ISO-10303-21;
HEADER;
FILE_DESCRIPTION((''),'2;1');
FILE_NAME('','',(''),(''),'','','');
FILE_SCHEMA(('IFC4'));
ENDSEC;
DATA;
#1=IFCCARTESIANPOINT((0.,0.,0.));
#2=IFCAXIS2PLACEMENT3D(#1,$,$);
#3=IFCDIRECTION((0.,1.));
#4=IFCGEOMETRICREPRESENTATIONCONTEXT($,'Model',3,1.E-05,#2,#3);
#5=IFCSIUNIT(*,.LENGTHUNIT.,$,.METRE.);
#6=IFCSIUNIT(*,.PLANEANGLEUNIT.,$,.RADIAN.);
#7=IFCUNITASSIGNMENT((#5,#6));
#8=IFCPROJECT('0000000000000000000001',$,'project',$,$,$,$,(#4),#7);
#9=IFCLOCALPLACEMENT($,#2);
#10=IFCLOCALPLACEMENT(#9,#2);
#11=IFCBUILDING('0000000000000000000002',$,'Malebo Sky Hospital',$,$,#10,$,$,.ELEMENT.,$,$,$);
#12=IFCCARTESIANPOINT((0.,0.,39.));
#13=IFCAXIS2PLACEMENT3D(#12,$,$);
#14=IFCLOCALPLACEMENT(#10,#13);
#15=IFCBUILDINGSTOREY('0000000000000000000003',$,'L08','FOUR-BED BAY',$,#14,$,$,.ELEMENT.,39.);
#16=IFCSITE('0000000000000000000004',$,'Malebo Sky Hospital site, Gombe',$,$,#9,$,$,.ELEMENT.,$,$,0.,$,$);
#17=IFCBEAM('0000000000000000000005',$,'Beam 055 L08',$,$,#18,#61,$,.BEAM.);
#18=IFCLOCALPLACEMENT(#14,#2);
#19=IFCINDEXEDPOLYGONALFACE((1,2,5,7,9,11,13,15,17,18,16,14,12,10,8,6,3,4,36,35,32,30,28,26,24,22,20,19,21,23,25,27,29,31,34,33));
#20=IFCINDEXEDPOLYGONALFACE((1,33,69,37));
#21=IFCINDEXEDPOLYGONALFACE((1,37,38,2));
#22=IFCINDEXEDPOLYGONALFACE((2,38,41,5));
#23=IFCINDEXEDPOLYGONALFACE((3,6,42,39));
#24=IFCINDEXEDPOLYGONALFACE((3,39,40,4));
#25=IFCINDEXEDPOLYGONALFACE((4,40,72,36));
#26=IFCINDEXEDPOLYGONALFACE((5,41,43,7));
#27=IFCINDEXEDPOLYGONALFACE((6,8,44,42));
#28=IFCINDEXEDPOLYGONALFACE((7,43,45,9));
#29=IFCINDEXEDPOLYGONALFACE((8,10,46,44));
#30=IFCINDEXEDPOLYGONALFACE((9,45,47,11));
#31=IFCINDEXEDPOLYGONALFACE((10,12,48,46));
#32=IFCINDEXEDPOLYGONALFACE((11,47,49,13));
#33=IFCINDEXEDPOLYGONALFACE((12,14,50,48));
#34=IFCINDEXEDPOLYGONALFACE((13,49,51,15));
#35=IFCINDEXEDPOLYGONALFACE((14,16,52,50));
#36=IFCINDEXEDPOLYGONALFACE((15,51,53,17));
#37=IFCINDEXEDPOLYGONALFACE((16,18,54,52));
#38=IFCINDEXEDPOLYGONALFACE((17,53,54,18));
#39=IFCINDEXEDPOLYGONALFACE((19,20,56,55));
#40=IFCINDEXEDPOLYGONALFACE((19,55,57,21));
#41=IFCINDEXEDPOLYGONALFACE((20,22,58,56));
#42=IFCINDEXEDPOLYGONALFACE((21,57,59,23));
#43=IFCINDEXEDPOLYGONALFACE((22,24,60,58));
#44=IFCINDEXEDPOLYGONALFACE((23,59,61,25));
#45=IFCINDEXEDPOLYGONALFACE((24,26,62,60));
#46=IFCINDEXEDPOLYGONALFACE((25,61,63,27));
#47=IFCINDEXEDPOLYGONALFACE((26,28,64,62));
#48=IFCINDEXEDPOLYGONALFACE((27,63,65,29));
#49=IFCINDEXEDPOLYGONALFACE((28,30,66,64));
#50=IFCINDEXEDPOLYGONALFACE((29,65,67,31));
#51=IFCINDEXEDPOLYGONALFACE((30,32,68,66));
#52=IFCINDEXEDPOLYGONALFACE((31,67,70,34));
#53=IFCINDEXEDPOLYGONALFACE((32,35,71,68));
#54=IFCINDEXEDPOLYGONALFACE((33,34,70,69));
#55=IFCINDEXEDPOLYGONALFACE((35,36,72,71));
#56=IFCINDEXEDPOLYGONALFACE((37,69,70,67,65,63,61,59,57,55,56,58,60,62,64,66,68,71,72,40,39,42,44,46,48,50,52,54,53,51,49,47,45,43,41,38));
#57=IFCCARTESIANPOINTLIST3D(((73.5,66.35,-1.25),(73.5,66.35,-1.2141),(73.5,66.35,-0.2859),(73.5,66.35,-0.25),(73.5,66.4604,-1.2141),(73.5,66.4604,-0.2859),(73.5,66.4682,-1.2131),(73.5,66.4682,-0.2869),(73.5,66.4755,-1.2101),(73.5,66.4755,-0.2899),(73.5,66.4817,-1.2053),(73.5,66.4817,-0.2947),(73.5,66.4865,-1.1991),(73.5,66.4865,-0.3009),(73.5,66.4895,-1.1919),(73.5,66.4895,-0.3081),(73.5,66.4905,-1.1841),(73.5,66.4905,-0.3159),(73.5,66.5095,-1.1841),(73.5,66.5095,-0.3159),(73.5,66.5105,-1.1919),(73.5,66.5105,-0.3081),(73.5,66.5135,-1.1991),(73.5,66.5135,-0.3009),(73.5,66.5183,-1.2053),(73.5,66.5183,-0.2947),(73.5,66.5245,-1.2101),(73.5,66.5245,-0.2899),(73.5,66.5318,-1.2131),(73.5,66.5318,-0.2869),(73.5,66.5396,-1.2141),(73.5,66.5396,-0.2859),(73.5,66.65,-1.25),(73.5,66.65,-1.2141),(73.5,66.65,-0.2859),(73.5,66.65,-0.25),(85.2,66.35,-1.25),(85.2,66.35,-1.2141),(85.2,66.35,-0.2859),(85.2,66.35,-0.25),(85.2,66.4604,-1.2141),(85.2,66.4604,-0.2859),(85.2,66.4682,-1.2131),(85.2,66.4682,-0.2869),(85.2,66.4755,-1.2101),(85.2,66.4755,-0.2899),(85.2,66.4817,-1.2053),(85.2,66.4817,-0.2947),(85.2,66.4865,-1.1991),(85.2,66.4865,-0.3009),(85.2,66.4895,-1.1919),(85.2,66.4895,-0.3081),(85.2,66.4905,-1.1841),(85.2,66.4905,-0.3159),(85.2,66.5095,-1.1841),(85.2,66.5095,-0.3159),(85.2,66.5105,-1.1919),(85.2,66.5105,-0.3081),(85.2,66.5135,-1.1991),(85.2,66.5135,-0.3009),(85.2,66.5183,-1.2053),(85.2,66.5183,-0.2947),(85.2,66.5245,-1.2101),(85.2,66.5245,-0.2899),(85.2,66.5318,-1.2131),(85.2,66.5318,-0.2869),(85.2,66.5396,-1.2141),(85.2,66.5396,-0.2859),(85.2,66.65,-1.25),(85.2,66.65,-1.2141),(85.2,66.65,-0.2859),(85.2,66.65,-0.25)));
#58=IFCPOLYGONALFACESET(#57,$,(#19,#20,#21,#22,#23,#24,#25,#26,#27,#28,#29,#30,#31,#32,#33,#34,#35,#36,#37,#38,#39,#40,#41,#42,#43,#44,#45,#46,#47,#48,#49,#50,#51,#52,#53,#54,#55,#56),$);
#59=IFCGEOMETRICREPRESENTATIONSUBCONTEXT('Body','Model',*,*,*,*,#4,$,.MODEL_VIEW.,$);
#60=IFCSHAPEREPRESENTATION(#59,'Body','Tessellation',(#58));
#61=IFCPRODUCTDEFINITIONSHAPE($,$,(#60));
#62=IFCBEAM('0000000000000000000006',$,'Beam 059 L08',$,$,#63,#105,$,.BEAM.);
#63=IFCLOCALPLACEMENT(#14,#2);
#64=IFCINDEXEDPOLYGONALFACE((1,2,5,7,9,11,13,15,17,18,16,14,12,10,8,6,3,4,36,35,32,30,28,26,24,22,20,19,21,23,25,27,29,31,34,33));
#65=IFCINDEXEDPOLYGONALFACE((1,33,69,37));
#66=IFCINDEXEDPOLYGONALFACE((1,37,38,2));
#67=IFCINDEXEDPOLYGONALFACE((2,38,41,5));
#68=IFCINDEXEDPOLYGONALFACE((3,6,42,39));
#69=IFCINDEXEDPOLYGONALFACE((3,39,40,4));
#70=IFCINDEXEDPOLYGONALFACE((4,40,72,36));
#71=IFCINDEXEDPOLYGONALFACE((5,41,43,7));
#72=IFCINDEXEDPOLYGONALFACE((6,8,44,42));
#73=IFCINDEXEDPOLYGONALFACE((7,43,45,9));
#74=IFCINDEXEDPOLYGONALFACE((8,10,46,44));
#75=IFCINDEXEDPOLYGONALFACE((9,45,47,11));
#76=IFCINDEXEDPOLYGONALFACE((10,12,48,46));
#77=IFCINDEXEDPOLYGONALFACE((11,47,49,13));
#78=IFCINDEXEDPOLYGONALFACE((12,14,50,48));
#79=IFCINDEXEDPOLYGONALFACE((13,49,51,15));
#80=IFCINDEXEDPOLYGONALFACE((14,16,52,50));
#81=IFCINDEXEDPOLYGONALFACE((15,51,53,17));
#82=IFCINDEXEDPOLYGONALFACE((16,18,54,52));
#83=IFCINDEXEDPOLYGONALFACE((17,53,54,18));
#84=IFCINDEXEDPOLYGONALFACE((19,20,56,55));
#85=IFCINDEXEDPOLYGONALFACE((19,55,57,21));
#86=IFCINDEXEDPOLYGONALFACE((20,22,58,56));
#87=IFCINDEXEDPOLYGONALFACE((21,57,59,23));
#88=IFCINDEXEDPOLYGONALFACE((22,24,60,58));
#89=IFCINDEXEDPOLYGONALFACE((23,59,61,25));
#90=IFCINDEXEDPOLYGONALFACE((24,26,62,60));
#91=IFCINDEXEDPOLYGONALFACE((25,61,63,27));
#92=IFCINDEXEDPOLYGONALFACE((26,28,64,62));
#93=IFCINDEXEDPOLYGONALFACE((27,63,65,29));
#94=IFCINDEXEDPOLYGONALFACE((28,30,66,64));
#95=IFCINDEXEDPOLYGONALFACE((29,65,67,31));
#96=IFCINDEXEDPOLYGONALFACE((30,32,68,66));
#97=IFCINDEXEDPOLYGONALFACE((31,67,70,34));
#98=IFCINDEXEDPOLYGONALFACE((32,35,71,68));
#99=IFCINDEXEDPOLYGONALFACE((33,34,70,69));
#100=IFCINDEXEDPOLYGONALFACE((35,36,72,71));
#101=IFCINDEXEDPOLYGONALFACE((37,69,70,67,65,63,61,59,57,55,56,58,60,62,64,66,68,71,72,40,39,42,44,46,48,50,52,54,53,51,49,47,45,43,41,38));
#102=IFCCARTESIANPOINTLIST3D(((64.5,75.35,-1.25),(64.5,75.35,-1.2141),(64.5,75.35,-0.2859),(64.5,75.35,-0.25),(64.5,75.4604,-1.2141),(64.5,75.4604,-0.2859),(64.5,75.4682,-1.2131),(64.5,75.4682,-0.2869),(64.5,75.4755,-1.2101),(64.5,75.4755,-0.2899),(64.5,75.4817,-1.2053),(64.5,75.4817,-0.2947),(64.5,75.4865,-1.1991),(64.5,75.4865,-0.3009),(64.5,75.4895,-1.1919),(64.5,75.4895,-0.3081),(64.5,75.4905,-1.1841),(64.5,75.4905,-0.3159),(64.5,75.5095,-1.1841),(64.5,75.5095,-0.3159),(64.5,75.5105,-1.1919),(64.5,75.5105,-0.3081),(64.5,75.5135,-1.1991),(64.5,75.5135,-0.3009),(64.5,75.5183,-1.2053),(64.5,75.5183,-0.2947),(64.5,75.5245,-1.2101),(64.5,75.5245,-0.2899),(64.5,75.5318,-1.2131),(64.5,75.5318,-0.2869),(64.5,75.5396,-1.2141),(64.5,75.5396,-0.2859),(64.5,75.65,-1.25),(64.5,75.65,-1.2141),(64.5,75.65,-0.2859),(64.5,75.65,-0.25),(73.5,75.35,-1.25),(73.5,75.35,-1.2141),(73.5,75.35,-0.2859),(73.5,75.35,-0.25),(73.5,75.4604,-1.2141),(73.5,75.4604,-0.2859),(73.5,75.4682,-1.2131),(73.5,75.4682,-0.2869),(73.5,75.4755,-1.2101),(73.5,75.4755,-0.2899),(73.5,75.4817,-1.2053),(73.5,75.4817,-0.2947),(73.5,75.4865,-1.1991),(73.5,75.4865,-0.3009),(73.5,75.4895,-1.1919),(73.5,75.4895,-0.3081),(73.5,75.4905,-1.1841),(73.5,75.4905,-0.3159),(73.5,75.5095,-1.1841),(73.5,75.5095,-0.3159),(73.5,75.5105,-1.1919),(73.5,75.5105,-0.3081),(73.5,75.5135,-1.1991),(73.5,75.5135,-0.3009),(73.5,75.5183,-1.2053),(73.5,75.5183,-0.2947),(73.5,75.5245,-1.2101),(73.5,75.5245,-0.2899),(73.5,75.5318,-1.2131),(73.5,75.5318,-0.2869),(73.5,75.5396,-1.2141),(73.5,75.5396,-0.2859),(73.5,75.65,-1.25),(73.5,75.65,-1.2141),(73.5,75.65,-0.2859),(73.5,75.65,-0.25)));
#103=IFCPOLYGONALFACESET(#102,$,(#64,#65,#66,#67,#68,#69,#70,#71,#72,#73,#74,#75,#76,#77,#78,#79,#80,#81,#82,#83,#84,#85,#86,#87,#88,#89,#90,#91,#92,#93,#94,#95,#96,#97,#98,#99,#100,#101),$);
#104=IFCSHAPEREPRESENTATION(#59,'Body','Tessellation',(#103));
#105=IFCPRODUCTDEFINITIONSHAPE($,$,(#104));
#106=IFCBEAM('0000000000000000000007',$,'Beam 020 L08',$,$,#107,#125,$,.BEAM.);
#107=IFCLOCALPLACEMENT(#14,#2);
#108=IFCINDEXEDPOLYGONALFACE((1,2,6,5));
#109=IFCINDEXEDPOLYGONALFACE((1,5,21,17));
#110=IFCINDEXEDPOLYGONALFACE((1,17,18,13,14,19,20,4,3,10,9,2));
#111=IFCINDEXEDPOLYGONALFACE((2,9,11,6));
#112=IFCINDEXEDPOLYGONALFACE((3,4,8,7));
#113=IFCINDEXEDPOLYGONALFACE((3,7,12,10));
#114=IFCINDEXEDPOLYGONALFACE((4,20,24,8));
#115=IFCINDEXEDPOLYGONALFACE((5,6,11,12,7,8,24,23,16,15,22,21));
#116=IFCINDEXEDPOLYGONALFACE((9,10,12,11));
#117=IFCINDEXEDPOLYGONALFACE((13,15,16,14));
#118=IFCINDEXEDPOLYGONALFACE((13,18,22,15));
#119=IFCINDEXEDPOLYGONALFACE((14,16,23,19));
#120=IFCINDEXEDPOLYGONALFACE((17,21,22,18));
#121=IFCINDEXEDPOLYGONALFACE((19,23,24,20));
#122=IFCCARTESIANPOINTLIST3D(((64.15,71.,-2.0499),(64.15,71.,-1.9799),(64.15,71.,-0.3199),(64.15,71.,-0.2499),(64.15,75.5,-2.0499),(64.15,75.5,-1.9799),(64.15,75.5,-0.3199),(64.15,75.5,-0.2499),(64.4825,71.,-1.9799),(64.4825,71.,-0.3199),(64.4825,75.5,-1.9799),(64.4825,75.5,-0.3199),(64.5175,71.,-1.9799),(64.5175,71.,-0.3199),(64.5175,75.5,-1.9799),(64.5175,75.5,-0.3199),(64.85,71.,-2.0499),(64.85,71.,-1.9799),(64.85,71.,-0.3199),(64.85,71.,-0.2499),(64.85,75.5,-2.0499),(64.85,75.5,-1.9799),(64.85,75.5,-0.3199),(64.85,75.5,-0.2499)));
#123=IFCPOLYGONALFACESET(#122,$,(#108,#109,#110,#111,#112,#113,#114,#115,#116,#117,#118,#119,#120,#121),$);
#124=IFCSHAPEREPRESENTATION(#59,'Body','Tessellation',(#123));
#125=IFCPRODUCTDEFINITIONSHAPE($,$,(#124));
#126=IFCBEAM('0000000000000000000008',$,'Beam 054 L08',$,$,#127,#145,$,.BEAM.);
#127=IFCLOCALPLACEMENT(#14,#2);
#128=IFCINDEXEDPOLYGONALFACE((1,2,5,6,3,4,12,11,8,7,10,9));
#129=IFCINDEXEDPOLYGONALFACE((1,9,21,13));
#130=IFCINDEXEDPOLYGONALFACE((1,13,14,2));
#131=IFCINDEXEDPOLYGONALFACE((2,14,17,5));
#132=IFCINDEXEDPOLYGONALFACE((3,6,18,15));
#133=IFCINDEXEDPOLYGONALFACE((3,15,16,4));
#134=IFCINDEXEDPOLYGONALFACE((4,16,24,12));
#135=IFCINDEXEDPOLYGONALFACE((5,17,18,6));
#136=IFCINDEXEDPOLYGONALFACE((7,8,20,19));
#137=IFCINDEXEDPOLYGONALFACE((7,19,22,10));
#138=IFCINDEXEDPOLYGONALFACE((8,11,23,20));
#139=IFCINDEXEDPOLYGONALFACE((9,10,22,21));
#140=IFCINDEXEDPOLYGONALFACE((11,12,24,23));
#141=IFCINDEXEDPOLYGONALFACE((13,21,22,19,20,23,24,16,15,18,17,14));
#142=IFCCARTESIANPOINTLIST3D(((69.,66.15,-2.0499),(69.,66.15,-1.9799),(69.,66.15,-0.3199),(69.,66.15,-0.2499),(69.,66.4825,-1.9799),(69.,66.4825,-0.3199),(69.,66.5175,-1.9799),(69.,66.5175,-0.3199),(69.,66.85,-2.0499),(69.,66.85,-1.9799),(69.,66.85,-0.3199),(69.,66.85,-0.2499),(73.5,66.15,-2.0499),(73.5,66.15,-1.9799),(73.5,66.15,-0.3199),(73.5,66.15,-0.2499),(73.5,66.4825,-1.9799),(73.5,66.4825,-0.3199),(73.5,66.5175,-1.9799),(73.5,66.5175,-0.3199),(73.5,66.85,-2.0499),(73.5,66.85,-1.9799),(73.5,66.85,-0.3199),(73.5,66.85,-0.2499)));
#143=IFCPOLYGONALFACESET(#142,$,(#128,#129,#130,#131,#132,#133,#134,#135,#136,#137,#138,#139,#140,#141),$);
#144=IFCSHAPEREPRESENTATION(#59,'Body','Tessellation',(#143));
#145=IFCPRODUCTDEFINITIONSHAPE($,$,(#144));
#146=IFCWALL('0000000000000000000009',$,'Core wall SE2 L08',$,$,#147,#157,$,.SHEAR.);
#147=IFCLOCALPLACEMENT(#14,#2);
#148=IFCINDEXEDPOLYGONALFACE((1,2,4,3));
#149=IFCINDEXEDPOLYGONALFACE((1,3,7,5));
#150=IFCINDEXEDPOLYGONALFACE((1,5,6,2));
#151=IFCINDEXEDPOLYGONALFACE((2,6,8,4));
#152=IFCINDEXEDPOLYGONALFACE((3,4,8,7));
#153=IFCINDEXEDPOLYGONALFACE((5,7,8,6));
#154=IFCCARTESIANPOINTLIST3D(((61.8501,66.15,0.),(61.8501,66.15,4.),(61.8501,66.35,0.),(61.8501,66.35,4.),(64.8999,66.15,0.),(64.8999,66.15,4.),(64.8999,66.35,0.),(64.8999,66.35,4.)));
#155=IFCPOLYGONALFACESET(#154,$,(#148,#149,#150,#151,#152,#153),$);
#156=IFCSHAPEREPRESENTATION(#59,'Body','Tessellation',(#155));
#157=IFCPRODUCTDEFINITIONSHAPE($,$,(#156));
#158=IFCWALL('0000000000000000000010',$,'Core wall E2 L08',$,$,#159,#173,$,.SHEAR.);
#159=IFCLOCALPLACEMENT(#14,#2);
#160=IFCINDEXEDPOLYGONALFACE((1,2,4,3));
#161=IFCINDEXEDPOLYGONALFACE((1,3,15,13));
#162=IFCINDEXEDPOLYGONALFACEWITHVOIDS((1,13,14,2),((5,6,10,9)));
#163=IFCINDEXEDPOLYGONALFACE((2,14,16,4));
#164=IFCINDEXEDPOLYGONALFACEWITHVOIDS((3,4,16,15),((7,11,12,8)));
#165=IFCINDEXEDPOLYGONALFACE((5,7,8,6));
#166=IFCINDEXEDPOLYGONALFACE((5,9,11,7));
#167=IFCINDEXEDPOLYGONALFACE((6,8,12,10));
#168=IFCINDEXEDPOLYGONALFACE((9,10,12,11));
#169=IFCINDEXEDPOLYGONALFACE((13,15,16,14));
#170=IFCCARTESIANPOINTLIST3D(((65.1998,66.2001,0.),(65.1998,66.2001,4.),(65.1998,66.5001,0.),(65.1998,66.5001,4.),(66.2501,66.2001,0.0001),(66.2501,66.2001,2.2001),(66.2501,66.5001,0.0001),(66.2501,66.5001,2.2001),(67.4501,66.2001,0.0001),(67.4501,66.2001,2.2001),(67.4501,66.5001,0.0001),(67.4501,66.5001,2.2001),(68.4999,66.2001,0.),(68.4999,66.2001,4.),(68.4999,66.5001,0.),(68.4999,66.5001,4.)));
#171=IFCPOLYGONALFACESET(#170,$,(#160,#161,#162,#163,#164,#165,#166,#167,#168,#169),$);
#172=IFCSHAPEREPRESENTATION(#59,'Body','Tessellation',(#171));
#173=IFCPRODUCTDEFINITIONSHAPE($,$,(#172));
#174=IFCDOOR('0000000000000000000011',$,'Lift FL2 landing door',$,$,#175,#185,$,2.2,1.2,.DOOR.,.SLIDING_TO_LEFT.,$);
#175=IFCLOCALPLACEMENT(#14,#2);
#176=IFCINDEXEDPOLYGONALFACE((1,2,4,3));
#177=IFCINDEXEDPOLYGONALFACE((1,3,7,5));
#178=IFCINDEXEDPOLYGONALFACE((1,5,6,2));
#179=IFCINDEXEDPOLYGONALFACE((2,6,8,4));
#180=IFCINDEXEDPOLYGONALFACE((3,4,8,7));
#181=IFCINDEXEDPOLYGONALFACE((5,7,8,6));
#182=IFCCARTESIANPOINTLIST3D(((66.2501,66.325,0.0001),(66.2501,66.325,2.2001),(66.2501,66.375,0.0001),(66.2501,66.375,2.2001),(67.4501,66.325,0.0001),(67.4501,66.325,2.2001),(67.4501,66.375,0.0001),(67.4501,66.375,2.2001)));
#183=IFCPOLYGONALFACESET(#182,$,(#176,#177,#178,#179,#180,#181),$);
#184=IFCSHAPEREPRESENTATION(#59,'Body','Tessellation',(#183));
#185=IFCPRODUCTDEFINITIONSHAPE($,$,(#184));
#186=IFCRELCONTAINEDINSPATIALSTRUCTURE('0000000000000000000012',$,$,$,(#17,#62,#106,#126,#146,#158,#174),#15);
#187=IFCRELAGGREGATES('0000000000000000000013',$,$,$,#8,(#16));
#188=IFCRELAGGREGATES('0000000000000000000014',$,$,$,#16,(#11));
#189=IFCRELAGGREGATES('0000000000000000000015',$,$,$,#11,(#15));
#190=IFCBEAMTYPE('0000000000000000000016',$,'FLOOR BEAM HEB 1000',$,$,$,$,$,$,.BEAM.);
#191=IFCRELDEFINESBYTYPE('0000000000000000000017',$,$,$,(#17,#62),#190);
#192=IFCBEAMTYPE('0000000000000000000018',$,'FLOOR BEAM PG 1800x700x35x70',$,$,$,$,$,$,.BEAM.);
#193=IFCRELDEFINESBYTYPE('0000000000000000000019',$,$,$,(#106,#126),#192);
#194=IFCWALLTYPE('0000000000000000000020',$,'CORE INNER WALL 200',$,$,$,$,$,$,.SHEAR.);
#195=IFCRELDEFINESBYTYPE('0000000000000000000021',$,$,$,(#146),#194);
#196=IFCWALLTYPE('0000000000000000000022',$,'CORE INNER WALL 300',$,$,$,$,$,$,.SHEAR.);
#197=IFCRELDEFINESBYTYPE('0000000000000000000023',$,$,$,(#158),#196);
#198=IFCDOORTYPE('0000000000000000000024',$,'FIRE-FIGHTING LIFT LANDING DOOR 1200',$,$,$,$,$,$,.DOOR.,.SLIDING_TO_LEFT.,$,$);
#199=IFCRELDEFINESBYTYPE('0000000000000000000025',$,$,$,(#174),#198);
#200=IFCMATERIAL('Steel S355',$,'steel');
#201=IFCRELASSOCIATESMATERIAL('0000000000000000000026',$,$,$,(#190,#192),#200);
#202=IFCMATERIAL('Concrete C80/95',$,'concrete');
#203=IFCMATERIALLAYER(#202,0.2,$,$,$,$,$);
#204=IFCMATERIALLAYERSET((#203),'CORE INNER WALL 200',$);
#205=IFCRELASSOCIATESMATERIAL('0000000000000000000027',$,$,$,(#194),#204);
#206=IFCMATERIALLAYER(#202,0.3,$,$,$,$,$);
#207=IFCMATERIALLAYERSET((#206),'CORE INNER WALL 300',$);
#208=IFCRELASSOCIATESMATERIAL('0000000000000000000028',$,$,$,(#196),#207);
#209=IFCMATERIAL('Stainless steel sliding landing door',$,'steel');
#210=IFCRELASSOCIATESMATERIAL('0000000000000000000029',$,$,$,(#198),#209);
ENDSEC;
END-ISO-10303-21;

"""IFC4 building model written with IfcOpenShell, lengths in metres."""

from ifc_helpers import new_model, si_unit, direction, frame, frame_2d, origin, origin_2d, place, context, subcontext, project, spatial, rectangle, i_section, extrude, material, layer, layer_set, material_profile, profile_set, type_object, element, fill, save


model = new_model("IFC4")

# Units and contexts
model_context = context("Model", 3, precision=1e-05, world=origin(), true_north=direction((0.0, 1.0)))
body_context = subcontext(model_context, "Body", "Model", "MODEL_VIEW")
ifc_project = project(units=[si_unit("LENGTHUNIT", "METRE"), si_unit("PLANEANGLEUNIT", "RADIAN")], contexts=[model_context])

# Site, building, storey
site_placement = place(None, origin())
site = spatial("IfcSite", under=ifc_project, at=site_placement, Name="Malebo Sky Hospital site, Gombe", CompositionType="ELEMENT", RefElevation=0.0)
building_placement = place(site_placement, origin())
building = spatial("IfcBuilding", under=site, at=building_placement, Name="Malebo Sky Hospital", CompositionType="ELEMENT")
storey_placement = place(building_placement, frame((0.0, 0.0, 39.0)))
storey = spatial("IfcBuildingStorey", under=building, at=storey_placement, Name="L08", Description="FOUR-BED BAY", CompositionType="ELEMENT", Elevation=39.0)

# Beams
ifc_material_1 = material(Name="Steel S355", Category="steel")
ifc_material_profile_1 = material_profile(ifc_material_1, i_section(OverallWidth=0.3, OverallDepth=1.0, WebThickness=0.019, FlangeThickness=0.0359, FilletRadius=0.03, at=origin_2d()), Name="HEB 1000")
ifc_profile_set_1 = profile_set([ifc_material_profile_1], Name="Steel S355")
beam_type_1 = type_object("IfcBeamType", Name="FLOOR BEAM HEB 1000", PredefinedType="BEAM", material=ifc_profile_set_1)
beam_1_placement = place(storey_placement, frame((73.5, 66.5, -0.75), z_axis=(1.0, 0.0, 0.0), x_axis=(0.0, 1.0, 0.0)))
element("IfcBeam", 1, at=beam_1_placement, inside=storey, type_object=beam_type_1, Name="Beam 055 L08", PredefinedType="BEAM", context=body_context, shape_type="SweptSolid", body=[
    extrude(i_section(OverallWidth=0.3, OverallDepth=1.0, WebThickness=0.019, FlangeThickness=0.0359, FilletRadius=0.03, at=origin_2d()), origin(), (0.0, 0.0, 1.0), 11.7),
])
beam_2_placement = place(storey_placement, frame((64.5, 75.5, -0.75), z_axis=(1.0, 0.0, 0.0), x_axis=(0.0, 1.0, 0.0)))
element("IfcBeam", 2, at=beam_2_placement, inside=storey, type_object=beam_type_1, Name="Beam 059 L08", PredefinedType="BEAM", context=body_context, shape_type="SweptSolid", body=[
    extrude(i_section(OverallWidth=0.3, OverallDepth=1.0, WebThickness=0.019, FlangeThickness=0.0359, FilletRadius=0.03, at=origin_2d()), origin(), (0.0, 0.0, 1.0), 9.0),
])
ifc_material_profile_2 = material_profile(ifc_material_1, i_section(OverallWidth=0.7, OverallDepth=1.8, WebThickness=0.0349, FlangeThickness=0.0701, at=origin_2d()), Name="PG 1800x700x35x70")
ifc_profile_set_2 = profile_set([ifc_material_profile_2], Name="Steel S355")
beam_type_2 = type_object("IfcBeamType", Name="FLOOR BEAM PG 1800x700x35x70", PredefinedType="BEAM", material=ifc_profile_set_2)
for number, where, z_axis, x_axis, name in (
    (3, (64.5, 71.0, -1.1499), (0.0, 1.0, 0.0), (-1.0, 0.0, 0.0), "Beam 020 L08"),
    (4, (69.0, 66.5, -1.1499), (1.0, 0.0, 0.0), (0.0, 1.0, 0.0), "Beam 054 L08"),
):
    element("IfcBeam", number, at=place(storey_placement, frame(where, z_axis=z_axis, x_axis=x_axis)), inside=storey, type_object=beam_type_2, Name=name, PredefinedType="BEAM", context=body_context, shape_type="SweptSolid", body=[
        extrude(i_section(OverallWidth=0.7, OverallDepth=1.8, WebThickness=0.0349, FlangeThickness=0.0701, at=origin_2d()), origin(), (0.0, 0.0, 1.0), 4.5),
    ])

# Wall
ifc_material_2 = material(Name="Concrete C80/95", Category="concrete")
ifc_layer_1 = layer(ifc_material_2, 0.2)
ifc_layer_set_1 = layer_set([ifc_layer_1], Name="CORE INNER WALL 200")
wall_type_1 = type_object("IfcWallType", Name="CORE INNER WALL 200", PredefinedType="SHEAR", material=ifc_layer_set_1)
wall_1_placement = place(storey_placement, frame((61.8501, 66.25, 0.0), z_axis=(0.0, 0.0, 1.0), x_axis=(1.0, 0.0, 0.0)))
element("IfcWall", 5, at=wall_1_placement, inside=storey, type_object=wall_type_1, Name="Core wall SE2 L08", PredefinedType="SHEAR", context=body_context, shape_type="SweptSolid", body=[
    extrude(rectangle(XDim=3.0498, YDim=0.2, at=frame_2d((1.5249, 0.0))), origin(), (0.0, 0.0, 1.0), 4.0),
])

# Wall, opening, door
ifc_layer_2 = layer(ifc_material_2, 0.3)
ifc_layer_set_2 = layer_set([ifc_layer_2], Name="CORE INNER WALL 300")
wall_type_2 = type_object("IfcWallType", Name="CORE INNER WALL 300", PredefinedType="SHEAR", material=ifc_layer_set_2)
wall_2_placement = place(storey_placement, frame((65.2, 66.3501, 0.0), z_axis=(0.0, 0.0, 1.0), x_axis=(1.0, 0.0, 0.0)))
wall_2 = element("IfcWall", 6, at=wall_2_placement, inside=storey, type_object=wall_type_2, Name="Core wall E2 L08", PredefinedType="SHEAR", context=body_context, shape_type="SweptSolid", body=[
    extrude(rectangle(XDim=3.3, YDim=0.3, at=frame_2d((1.6499, 0.0))), origin(), (0.0, 0.0, 1.0), 4.0),
])
opening_1_placement = place(wall_2_placement, frame((1.05, 0.0, 0.0)))
opening_1 = element("IfcOpeningElement", 7, at=opening_1_placement, cuts=wall_2, PredefinedType="OPENING", context=body_context, shape_type="SweptSolid", body=[
    extrude(rectangle(XDim=1.2, YDim=2.2, at=frame_2d((0.6001, 1.1001))), frame((0.0, 0.1599, 0.0), z_axis=(0.0, -1.0, 0.0), x_axis=(1.0, 0.0, 0.0)), (0.0, 0.0, 1.0), 0.3201),
])
ifc_material_3 = material(Name="Stainless steel sliding landing door", Category="steel")
door_type_1 = type_object("IfcDoorType", Name="FIRE-FIGHTING LIFT LANDING DOOR 1200", OperationType="SLIDING_TO_LEFT", PredefinedType="DOOR", material=ifc_material_3)
door_1_placement = place(opening_1_placement, origin())
door_1 = element("IfcDoor", 8, at=door_1_placement, inside=storey, type_object=door_type_1, Name="Lift FL2 landing door", OperationType="SLIDING_TO_LEFT", OverallHeight=2.2, OverallWidth=1.2, PredefinedType="DOOR", context=body_context, shape_type="SweptSolid", body=[
    extrude(rectangle(XDim=1.2, YDim=2.2, at=frame_2d((0.6001, 1.1001))), frame((0.0, 0.0249, 0.0), z_axis=(0.0, -1.0, 0.0), x_axis=(1.0, 0.0, 0.0)), (0.0, 0.0, 1.0), 0.05),
])
fill(opening_1, door_1)

save(model, "model.ifc")
